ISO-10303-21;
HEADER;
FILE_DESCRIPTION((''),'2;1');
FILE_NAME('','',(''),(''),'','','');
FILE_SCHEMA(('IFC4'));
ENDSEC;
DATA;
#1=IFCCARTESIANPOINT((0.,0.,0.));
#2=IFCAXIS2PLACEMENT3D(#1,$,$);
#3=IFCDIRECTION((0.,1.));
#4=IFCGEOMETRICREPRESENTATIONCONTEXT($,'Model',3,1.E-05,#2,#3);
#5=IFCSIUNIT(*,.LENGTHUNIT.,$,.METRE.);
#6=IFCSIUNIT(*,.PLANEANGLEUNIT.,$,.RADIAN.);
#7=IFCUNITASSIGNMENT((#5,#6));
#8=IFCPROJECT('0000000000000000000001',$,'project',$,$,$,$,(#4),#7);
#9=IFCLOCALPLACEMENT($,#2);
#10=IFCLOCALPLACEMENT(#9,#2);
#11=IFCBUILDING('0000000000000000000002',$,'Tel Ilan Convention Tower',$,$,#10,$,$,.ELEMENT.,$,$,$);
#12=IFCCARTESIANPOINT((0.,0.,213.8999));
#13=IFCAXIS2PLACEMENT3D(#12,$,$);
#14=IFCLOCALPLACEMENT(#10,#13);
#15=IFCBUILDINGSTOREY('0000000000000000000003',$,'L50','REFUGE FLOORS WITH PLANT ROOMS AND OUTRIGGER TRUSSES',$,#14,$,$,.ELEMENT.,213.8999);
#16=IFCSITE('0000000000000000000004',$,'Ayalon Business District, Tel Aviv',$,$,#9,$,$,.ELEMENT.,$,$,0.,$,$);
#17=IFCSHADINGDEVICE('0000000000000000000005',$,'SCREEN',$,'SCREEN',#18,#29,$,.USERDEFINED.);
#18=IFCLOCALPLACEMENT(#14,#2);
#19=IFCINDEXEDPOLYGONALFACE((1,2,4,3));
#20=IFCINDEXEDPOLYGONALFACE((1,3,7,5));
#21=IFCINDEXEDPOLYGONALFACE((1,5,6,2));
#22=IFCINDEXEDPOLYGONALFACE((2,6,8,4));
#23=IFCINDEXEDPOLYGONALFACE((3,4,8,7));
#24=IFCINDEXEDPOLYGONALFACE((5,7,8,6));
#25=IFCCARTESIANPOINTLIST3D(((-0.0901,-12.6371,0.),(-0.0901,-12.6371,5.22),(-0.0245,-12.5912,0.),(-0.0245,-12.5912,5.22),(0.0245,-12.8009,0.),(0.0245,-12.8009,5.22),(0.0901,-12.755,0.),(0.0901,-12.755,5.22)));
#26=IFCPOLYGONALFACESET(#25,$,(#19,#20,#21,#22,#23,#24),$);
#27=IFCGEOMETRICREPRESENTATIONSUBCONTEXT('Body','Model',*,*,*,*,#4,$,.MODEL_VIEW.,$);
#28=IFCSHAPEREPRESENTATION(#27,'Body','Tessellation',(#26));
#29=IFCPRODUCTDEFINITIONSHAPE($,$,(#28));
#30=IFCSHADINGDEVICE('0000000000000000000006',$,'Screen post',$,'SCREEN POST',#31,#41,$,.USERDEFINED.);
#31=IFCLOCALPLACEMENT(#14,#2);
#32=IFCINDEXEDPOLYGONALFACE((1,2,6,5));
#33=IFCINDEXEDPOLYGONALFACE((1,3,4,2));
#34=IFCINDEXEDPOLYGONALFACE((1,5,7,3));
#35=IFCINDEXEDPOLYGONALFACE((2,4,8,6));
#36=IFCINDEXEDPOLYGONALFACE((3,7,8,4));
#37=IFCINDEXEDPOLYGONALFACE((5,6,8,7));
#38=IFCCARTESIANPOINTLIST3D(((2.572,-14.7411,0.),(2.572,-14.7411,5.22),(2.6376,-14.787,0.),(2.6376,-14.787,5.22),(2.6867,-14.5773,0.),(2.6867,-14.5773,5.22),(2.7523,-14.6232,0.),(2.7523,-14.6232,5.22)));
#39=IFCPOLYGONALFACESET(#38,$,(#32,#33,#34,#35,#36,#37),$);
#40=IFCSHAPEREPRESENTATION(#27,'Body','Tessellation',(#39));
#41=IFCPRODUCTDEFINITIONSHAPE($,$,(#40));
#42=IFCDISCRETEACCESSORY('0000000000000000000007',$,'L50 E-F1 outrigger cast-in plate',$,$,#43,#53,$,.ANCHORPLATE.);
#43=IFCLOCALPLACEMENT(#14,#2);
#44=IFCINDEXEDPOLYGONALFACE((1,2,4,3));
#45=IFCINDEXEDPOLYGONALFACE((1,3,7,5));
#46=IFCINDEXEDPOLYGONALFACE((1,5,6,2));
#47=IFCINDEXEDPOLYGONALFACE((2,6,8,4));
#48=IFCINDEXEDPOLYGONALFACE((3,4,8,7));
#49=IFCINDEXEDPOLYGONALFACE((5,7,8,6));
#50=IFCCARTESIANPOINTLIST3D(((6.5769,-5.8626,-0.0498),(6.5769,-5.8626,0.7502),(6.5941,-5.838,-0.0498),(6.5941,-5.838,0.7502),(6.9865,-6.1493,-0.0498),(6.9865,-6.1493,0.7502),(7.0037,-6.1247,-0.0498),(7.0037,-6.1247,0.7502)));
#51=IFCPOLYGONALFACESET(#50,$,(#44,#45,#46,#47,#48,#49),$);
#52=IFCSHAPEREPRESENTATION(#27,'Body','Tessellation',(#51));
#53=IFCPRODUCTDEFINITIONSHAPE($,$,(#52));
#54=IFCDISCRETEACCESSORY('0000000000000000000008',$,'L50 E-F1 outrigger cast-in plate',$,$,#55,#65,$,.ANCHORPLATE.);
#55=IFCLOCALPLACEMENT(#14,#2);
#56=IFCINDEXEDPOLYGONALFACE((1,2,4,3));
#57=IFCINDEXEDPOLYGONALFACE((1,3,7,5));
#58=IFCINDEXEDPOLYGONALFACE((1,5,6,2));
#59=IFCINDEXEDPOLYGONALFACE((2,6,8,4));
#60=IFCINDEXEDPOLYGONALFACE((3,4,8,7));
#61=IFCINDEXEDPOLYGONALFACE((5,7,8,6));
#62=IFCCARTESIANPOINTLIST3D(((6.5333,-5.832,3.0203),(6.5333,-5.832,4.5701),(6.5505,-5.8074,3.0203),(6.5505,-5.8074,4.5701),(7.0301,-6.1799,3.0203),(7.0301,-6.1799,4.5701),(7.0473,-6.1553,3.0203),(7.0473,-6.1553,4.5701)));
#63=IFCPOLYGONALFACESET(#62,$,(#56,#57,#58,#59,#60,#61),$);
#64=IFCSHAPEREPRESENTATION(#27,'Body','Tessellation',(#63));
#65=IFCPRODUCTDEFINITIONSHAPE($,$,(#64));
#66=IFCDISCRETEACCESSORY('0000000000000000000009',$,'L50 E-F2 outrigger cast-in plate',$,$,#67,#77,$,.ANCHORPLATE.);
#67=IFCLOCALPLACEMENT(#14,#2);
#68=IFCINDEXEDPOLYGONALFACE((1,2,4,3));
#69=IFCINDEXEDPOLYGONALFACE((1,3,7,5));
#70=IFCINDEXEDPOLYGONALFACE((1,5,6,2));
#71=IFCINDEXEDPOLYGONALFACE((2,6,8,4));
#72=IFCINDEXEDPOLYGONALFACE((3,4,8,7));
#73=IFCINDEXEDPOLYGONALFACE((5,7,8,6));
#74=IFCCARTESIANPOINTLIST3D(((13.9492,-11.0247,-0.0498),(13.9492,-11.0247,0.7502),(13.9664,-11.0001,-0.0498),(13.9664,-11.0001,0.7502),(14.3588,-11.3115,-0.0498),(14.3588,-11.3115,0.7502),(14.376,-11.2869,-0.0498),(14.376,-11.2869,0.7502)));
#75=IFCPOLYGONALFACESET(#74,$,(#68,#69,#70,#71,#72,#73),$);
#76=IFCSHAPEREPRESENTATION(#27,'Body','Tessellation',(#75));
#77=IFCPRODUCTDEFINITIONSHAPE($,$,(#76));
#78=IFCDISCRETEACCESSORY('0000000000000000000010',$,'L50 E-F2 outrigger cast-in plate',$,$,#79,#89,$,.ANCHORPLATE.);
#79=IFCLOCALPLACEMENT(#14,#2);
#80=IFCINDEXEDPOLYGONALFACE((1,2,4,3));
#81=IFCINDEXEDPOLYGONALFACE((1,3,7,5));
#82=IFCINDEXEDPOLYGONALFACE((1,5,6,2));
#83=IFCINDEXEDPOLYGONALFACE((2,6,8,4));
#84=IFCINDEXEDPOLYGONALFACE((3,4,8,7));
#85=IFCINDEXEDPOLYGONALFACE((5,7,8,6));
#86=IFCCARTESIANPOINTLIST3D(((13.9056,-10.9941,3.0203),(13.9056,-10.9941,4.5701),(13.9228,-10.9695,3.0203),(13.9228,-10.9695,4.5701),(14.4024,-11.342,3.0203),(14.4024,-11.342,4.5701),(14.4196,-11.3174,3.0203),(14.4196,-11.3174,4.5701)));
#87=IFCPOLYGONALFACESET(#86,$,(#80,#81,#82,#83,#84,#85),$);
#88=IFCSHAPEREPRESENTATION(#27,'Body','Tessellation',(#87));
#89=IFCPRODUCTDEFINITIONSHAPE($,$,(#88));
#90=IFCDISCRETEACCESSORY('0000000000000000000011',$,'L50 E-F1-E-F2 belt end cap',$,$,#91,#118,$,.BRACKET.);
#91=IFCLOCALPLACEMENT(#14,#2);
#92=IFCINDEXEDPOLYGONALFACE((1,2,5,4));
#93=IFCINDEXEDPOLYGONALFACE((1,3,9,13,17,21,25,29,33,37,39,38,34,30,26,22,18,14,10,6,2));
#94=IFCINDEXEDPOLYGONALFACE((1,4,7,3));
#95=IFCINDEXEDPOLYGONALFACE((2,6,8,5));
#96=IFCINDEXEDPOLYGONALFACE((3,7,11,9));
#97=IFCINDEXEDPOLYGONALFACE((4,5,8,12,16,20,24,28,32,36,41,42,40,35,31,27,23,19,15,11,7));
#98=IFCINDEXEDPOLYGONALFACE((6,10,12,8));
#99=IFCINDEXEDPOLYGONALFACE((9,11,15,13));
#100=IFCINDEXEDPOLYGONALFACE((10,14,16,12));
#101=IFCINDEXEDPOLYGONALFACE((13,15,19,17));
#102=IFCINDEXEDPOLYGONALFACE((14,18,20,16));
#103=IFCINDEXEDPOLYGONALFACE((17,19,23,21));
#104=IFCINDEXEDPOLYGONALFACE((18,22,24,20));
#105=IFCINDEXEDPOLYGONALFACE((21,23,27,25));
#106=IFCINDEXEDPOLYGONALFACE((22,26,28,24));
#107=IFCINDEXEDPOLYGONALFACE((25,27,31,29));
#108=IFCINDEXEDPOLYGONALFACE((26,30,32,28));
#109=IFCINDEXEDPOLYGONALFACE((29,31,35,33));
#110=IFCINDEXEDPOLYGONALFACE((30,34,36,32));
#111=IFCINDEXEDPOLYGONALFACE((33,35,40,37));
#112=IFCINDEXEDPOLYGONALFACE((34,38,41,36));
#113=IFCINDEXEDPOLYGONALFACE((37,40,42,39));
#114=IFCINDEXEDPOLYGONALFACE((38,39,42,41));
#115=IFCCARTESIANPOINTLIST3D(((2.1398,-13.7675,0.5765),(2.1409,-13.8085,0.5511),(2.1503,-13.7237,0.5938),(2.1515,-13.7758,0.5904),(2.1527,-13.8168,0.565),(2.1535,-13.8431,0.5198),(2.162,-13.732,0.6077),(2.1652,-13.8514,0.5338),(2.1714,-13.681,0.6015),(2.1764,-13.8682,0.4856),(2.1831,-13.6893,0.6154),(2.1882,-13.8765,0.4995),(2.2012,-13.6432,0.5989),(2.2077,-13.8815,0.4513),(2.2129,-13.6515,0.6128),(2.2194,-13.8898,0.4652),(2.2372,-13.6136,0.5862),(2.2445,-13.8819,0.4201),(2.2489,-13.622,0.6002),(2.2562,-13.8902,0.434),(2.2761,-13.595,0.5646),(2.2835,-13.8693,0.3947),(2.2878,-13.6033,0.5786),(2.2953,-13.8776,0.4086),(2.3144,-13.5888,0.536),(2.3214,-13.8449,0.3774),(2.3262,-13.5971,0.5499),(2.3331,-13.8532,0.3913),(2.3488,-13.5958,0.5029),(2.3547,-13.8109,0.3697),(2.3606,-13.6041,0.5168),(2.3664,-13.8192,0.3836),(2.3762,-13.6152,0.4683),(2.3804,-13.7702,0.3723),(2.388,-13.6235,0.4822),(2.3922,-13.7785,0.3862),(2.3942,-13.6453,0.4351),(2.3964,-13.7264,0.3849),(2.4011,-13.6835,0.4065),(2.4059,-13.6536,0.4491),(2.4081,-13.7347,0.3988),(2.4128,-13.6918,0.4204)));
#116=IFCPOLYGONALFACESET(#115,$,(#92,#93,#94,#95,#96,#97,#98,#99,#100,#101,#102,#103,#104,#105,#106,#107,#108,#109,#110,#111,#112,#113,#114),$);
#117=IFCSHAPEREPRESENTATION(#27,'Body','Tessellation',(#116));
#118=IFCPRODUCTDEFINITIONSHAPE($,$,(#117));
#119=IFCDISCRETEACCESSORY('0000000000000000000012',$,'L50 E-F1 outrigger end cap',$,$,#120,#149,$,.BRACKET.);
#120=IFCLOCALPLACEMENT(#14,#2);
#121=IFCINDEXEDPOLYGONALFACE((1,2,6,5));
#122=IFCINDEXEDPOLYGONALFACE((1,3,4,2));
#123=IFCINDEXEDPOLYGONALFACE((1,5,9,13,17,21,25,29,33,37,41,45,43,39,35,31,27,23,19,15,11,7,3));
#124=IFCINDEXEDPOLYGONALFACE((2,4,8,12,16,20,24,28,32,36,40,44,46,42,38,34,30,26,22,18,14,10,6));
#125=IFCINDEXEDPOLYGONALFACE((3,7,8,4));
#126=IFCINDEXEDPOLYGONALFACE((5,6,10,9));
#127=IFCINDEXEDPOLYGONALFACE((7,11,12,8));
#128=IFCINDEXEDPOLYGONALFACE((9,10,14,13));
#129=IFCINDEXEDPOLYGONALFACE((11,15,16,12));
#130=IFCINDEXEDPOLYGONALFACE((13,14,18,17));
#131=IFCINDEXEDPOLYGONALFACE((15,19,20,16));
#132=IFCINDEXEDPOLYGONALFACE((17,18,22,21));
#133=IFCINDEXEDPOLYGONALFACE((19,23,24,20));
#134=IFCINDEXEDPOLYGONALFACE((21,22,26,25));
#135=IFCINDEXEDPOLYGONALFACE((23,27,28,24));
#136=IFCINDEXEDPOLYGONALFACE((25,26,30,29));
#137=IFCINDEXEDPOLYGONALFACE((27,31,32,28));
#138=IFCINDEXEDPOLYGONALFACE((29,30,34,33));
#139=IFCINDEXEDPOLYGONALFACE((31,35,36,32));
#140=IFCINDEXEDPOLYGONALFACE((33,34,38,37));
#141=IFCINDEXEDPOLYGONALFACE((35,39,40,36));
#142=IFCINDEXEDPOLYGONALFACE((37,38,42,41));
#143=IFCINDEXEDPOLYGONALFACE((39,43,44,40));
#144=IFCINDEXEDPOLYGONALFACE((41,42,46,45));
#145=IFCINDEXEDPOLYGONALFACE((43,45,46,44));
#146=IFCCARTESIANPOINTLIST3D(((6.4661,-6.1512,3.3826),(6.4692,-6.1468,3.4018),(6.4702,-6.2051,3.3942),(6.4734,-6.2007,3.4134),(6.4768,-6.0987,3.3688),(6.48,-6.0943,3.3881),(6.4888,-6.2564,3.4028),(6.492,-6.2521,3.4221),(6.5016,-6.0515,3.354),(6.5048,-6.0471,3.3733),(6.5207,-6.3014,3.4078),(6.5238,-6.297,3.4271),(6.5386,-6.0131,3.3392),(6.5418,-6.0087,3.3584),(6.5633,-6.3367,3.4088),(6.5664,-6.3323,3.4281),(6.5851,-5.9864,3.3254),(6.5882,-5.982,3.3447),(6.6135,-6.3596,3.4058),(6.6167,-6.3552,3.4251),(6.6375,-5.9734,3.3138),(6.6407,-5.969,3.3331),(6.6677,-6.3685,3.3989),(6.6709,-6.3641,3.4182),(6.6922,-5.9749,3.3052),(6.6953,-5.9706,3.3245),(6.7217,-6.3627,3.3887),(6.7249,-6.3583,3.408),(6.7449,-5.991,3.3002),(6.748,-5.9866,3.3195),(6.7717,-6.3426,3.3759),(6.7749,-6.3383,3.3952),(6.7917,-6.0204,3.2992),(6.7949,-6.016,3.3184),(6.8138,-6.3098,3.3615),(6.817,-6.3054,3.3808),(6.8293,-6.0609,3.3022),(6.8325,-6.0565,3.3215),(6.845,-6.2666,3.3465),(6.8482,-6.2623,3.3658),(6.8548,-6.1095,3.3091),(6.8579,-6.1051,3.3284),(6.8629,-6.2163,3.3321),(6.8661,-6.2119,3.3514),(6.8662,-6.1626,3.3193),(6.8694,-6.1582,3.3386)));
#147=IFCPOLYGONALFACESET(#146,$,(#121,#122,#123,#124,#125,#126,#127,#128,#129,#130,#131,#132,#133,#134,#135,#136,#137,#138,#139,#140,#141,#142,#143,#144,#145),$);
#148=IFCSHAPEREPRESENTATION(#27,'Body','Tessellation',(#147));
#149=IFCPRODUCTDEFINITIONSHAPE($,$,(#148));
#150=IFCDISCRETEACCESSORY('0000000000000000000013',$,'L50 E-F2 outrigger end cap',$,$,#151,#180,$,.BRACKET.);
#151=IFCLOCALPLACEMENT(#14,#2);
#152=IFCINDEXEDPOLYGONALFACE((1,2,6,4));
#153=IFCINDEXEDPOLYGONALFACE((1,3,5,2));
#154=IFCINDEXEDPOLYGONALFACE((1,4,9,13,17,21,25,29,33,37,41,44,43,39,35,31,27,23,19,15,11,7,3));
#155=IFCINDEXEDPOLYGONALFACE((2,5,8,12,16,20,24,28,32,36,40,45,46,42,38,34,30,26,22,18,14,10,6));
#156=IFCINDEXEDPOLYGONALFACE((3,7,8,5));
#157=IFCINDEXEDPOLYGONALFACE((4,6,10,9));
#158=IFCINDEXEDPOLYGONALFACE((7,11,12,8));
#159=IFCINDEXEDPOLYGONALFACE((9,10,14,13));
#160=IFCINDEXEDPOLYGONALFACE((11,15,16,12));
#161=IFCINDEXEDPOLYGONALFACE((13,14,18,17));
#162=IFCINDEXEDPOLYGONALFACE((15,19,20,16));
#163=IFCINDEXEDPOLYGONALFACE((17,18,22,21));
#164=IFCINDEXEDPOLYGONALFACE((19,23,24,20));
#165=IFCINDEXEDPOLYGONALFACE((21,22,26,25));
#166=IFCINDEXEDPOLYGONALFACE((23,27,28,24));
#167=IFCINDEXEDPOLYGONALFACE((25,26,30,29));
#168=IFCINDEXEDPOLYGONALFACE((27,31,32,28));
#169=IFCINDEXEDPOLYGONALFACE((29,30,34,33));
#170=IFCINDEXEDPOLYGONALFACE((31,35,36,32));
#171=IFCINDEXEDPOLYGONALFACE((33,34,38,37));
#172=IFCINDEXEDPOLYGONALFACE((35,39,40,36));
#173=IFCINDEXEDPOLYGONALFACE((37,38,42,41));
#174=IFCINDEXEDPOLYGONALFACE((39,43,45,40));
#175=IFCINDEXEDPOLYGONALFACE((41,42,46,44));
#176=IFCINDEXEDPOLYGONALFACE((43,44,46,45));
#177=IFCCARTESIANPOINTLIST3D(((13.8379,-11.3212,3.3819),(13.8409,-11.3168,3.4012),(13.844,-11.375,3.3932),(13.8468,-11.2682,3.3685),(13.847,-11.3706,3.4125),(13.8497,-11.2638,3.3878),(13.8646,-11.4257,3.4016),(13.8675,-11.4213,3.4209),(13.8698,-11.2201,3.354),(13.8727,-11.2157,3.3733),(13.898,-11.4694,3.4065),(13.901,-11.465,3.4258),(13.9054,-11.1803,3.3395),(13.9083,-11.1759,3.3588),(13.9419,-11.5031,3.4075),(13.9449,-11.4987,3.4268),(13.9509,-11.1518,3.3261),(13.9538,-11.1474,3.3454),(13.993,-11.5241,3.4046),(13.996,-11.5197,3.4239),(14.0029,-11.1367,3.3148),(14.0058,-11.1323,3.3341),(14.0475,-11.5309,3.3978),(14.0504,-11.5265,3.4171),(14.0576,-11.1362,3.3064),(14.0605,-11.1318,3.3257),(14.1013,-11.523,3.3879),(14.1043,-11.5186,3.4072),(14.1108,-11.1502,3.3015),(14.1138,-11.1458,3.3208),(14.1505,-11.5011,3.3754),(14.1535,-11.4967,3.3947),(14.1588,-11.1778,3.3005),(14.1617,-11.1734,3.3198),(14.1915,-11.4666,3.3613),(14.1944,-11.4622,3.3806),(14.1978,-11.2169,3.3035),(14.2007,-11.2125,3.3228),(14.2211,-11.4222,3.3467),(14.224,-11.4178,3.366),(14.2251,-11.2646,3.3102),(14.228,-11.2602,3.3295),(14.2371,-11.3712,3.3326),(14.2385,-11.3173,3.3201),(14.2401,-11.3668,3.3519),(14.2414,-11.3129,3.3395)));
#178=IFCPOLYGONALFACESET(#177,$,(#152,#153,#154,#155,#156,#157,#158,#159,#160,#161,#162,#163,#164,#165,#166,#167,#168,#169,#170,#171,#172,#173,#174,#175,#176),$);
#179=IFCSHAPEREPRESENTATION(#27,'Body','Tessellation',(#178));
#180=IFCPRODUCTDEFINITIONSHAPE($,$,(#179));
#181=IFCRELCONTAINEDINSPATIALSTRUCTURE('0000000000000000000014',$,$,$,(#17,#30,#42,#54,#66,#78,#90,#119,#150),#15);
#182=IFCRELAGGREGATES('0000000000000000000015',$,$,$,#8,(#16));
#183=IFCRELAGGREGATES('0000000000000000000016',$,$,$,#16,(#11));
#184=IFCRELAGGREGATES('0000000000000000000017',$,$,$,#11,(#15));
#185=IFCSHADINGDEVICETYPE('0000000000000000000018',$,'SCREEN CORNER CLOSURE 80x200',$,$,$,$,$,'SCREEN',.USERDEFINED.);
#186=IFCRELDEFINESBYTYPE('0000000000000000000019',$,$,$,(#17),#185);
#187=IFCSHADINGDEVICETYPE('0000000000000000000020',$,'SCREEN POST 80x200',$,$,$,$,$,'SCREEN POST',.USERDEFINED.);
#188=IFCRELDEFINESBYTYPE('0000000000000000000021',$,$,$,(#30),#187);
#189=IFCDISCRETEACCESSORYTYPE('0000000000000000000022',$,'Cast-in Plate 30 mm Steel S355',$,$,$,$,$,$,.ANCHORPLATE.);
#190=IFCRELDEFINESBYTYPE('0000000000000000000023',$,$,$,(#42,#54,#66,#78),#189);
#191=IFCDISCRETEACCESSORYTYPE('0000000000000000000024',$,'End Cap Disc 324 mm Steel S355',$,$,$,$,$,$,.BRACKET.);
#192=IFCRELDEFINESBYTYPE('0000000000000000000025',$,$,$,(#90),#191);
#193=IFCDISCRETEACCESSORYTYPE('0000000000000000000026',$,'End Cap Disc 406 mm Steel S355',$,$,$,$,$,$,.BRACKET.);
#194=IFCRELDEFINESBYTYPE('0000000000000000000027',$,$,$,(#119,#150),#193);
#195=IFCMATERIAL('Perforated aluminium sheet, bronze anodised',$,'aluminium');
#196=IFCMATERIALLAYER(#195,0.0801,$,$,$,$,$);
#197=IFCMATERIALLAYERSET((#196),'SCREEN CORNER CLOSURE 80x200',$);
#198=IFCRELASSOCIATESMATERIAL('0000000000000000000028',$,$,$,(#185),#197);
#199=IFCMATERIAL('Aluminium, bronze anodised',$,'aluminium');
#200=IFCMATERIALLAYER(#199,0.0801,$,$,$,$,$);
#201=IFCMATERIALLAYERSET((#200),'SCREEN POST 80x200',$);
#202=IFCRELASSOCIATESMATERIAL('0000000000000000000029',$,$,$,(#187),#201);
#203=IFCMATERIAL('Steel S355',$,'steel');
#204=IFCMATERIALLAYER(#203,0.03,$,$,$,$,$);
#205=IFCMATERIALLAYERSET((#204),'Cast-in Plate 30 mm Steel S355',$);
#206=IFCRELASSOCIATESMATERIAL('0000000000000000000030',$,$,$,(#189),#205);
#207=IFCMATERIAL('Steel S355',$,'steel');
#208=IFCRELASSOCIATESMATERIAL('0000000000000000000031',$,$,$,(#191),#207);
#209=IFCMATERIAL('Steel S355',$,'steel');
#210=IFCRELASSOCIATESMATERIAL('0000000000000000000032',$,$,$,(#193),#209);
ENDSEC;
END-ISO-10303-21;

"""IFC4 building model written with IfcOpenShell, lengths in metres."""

from ifc_helpers import new_model, si_unit, direction, frame, origin, origin_2d, place, context, subcontext, project, spatial, rectangle, circle, extrude, material, layer, layer_set, material_profile, profile_set, type_object, element, save


model = new_model("IFC4")

# Units and contexts
model_context = context("Model", 3, precision=1e-05, world=origin(), true_north=direction((0.0, 1.0)))
body_context = subcontext(model_context, "Body", "Model", "MODEL_VIEW")
ifc_project = project(units=[si_unit("LENGTHUNIT", "METRE"), si_unit("PLANEANGLEUNIT", "RADIAN")], contexts=[model_context])

# Site, building, storey
site_placement = place(None, origin())
site = spatial("IfcSite", under=ifc_project, at=site_placement, Name="Ayalon Business District, Tel Aviv", CompositionType="ELEMENT", RefElevation=0.0)
building_placement = place(site_placement, origin())
building = spatial("IfcBuilding", under=site, at=building_placement, Name="Tel Ilan Convention Tower", CompositionType="ELEMENT")
storey_placement = place(building_placement, frame((0.0, 0.0, 213.8999)))
storey = spatial("IfcBuildingStorey", under=building, at=storey_placement, Name="L50", Description="REFUGE FLOORS WITH PLANT ROOMS AND OUTRIGGER TRUSSES", CompositionType="ELEMENT", Elevation=213.8999)

# Shading devices
ifc_material_1 = material(Name="Perforated aluminium sheet, bronze anodised", Category="aluminium")
ifc_layer_1 = layer(ifc_material_1, 0.0801)
ifc_layer_set_1 = layer_set([ifc_layer_1], Name="SCREEN CORNER CLOSURE 80x200")
shading_device_type_1 = type_object("IfcShadingDeviceType", Name="SCREEN CORNER CLOSURE 80x200", ElementType="SCREEN", PredefinedType="USERDEFINED", material=ifc_layer_set_1)
shading_device_1_placement = place(storey_placement, frame((0.0, -12.696, 0.0), z_axis=(0.0, 0.0, 1.0), x_axis=(0.819152, 0.573576, 0.0)))
element("IfcShadingDevice", 1, at=shading_device_1_placement, inside=storey, type_object=shading_device_type_1, Name="SCREEN", ObjectType="SCREEN", PredefinedType="USERDEFINED", context=body_context, shape_type="SweptSolid", body=[
    extrude(rectangle(XDim=0.0801, YDim=0.2, at=origin_2d()), origin(), (0.0, 0.0, 1.0), 5.22),
])
ifc_material_2 = material(Name="Aluminium, bronze anodised", Category="aluminium")
ifc_layer_2 = layer(ifc_material_2, 0.0801)
ifc_layer_set_2 = layer_set([ifc_layer_2], Name="SCREEN POST 80x200")
shading_device_type_2 = type_object("IfcShadingDeviceType", Name="SCREEN POST 80x200", ElementType="SCREEN POST", PredefinedType="USERDEFINED", material=ifc_layer_set_2)
shading_device_2_placement = place(storey_placement, frame((2.6621, -14.6821, 0.0), z_axis=(0.0, 0.0, 1.0), x_axis=(0.819152, -0.573576, 0.0)))
element("IfcShadingDevice", 2, at=shading_device_2_placement, inside=storey, type_object=shading_device_type_2, Name="Screen post", ObjectType="SCREEN POST", PredefinedType="USERDEFINED", context=body_context, shape_type="SweptSolid", body=[
    extrude(rectangle(XDim=0.0801, YDim=0.2, at=origin_2d()), origin(), (0.0, 0.0, 1.0), 5.22),
])

# Discrete accessories
ifc_material_3 = material(Name="Steel S355", Category="steel")
ifc_layer_3 = layer(ifc_material_3, 0.03)
ifc_layer_set_3 = layer_set([ifc_layer_3], Name="Cast-in Plate 30 mm Steel S355")
discrete_accessory_type_1 = type_object("IfcDiscreteAccessoryType", Name="Cast-in Plate 30 mm Steel S355", PredefinedType="ANCHORPLATE", material=ifc_layer_set_3)
discrete_accessory_1_placement = place(storey_placement, frame((6.7903, -5.9937, -0.0498), z_axis=(0.0, 0.0, 1.0), x_axis=(0.573576, 0.819152, 0.0)))
element("IfcDiscreteAccessory", 3, at=discrete_accessory_1_placement, inside=storey, type_object=discrete_accessory_type_1, Name="L50 E-F1 outrigger cast-in plate", PredefinedType="ANCHORPLATE", context=body_context, shape_type="SweptSolid", body=[
    extrude(rectangle(XDim=0.03, YDim=0.5, at=origin_2d()), origin(), (0.0, 0.0, 1.0), 0.8),
])
discrete_accessory_2_placement = place(storey_placement, frame((6.7903, -5.9937, 3.0203), z_axis=(0.0, 0.0, 1.0), x_axis=(0.573576, 0.819152, 0.0)))
element("IfcDiscreteAccessory", 4, at=discrete_accessory_2_placement, inside=storey, type_object=discrete_accessory_type_1, Name="L50 E-F1 outrigger cast-in plate", PredefinedType="ANCHORPLATE", context=body_context, shape_type="SweptSolid", body=[
    extrude(rectangle(XDim=0.03, YDim=0.6064, at=origin_2d()), origin(), (0.0, 0.0, 1.0), 1.5498),
])
discrete_accessory_3_placement = place(storey_placement, frame((14.1626, -11.1558, -0.0498), z_axis=(0.0, 0.0, 1.0), x_axis=(0.573576, 0.819152, 0.0)))
element("IfcDiscreteAccessory", 5, at=discrete_accessory_3_placement, inside=storey, type_object=discrete_accessory_type_1, Name="L50 E-F2 outrigger cast-in plate", PredefinedType="ANCHORPLATE", context=body_context, shape_type="SweptSolid", body=[
    extrude(rectangle(XDim=0.03, YDim=0.5, at=origin_2d()), origin(), (0.0, 0.0, 1.0), 0.8),
])
discrete_accessory_4_placement = place(storey_placement, frame((14.1626, -11.1558, 3.0203), z_axis=(0.0, 0.0, 1.0), x_axis=(0.573576, 0.819152, 0.0)))
element("IfcDiscreteAccessory", 6, at=discrete_accessory_4_placement, inside=storey, type_object=discrete_accessory_type_1, Name="L50 E-F2 outrigger cast-in plate", PredefinedType="ANCHORPLATE", context=body_context, shape_type="SweptSolid", body=[
    extrude(rectangle(XDim=0.03, YDim=0.6064, at=origin_2d()), origin(), (0.0, 0.0, 1.0), 1.5498),
])
ifc_material_4 = material(Name="Steel S355", Category="steel")
ifc_material_profile_1 = material_profile(ifc_material_4, circle(Radius=0.1619, at=origin_2d()), Name="End Cap Disc 324 mm Steel S355")
ifc_profile_set_1 = profile_set([ifc_material_profile_1], Name="Steel S355")
discrete_accessory_type_2 = type_object("IfcDiscreteAccessoryType", Name="End Cap Disc 324 mm Steel S355", PredefinedType="BRACKET", material=ifc_profile_set_1)
discrete_accessory_5_placement = place(storey_placement, frame((2.2817, -13.7444, 0.4995), z_axis=(-0.58602, 0.415097, -0.695899), x_axis=(-0.578017, -0.816024, 0.0)))
element("IfcDiscreteAccessory", 7, at=discrete_accessory_5_placement, inside=storey, type_object=discrete_accessory_type_2, Name="L50 E-F1-E-F2 belt end cap", PredefinedType="BRACKET", context=body_context, shape_type="SweptSolid", body=[
    extrude(circle(Radius=0.1619, at=origin_2d()), origin(), (0.0, 0.0, 1.0), 0.02),
])
ifc_material_5 = material(Name="Steel S355", Category="steel")
ifc_material_profile_2 = material_profile(ifc_material_5, circle(Radius=0.2031, at=origin_2d()), Name="End Cap Disc 406 mm Steel S355")
ifc_profile_set_2 = profile_set([ifc_material_profile_2], Name="Steel S355")
discrete_accessory_type_3 = type_object("IfcDiscreteAccessoryType", Name="End Cap Disc 406 mm Steel S355", PredefinedType="BRACKET", material=ifc_profile_set_2)
for number, where, z_axis, x_axis, name in (
    (8, (6.6663, -6.1704, 3.354), (0.158419, 0.219349, 0.962699), (-0.810679, 0.585491, 0.0), "L50 E-F1 outrigger end cap"),
    (9, (14.0388, -11.3328, 3.354), (0.146505, 0.219757, 0.964491), (-0.83205, 0.5547, 0.0), "L50 E-F2 outrigger end cap"),
):
    element("IfcDiscreteAccessory", number, at=place(storey_placement, frame(where, z_axis=z_axis, x_axis=x_axis)), inside=storey, type_object=discrete_accessory_type_3, Name=name, PredefinedType="BRACKET", context=body_context, shape_type="SweptSolid", body=[
        extrude(circle(Radius=0.2031, at=origin_2d()), origin(), (0.0, 0.0, 1.0), 0.02),
    ])

save(model, "model.ifc")
